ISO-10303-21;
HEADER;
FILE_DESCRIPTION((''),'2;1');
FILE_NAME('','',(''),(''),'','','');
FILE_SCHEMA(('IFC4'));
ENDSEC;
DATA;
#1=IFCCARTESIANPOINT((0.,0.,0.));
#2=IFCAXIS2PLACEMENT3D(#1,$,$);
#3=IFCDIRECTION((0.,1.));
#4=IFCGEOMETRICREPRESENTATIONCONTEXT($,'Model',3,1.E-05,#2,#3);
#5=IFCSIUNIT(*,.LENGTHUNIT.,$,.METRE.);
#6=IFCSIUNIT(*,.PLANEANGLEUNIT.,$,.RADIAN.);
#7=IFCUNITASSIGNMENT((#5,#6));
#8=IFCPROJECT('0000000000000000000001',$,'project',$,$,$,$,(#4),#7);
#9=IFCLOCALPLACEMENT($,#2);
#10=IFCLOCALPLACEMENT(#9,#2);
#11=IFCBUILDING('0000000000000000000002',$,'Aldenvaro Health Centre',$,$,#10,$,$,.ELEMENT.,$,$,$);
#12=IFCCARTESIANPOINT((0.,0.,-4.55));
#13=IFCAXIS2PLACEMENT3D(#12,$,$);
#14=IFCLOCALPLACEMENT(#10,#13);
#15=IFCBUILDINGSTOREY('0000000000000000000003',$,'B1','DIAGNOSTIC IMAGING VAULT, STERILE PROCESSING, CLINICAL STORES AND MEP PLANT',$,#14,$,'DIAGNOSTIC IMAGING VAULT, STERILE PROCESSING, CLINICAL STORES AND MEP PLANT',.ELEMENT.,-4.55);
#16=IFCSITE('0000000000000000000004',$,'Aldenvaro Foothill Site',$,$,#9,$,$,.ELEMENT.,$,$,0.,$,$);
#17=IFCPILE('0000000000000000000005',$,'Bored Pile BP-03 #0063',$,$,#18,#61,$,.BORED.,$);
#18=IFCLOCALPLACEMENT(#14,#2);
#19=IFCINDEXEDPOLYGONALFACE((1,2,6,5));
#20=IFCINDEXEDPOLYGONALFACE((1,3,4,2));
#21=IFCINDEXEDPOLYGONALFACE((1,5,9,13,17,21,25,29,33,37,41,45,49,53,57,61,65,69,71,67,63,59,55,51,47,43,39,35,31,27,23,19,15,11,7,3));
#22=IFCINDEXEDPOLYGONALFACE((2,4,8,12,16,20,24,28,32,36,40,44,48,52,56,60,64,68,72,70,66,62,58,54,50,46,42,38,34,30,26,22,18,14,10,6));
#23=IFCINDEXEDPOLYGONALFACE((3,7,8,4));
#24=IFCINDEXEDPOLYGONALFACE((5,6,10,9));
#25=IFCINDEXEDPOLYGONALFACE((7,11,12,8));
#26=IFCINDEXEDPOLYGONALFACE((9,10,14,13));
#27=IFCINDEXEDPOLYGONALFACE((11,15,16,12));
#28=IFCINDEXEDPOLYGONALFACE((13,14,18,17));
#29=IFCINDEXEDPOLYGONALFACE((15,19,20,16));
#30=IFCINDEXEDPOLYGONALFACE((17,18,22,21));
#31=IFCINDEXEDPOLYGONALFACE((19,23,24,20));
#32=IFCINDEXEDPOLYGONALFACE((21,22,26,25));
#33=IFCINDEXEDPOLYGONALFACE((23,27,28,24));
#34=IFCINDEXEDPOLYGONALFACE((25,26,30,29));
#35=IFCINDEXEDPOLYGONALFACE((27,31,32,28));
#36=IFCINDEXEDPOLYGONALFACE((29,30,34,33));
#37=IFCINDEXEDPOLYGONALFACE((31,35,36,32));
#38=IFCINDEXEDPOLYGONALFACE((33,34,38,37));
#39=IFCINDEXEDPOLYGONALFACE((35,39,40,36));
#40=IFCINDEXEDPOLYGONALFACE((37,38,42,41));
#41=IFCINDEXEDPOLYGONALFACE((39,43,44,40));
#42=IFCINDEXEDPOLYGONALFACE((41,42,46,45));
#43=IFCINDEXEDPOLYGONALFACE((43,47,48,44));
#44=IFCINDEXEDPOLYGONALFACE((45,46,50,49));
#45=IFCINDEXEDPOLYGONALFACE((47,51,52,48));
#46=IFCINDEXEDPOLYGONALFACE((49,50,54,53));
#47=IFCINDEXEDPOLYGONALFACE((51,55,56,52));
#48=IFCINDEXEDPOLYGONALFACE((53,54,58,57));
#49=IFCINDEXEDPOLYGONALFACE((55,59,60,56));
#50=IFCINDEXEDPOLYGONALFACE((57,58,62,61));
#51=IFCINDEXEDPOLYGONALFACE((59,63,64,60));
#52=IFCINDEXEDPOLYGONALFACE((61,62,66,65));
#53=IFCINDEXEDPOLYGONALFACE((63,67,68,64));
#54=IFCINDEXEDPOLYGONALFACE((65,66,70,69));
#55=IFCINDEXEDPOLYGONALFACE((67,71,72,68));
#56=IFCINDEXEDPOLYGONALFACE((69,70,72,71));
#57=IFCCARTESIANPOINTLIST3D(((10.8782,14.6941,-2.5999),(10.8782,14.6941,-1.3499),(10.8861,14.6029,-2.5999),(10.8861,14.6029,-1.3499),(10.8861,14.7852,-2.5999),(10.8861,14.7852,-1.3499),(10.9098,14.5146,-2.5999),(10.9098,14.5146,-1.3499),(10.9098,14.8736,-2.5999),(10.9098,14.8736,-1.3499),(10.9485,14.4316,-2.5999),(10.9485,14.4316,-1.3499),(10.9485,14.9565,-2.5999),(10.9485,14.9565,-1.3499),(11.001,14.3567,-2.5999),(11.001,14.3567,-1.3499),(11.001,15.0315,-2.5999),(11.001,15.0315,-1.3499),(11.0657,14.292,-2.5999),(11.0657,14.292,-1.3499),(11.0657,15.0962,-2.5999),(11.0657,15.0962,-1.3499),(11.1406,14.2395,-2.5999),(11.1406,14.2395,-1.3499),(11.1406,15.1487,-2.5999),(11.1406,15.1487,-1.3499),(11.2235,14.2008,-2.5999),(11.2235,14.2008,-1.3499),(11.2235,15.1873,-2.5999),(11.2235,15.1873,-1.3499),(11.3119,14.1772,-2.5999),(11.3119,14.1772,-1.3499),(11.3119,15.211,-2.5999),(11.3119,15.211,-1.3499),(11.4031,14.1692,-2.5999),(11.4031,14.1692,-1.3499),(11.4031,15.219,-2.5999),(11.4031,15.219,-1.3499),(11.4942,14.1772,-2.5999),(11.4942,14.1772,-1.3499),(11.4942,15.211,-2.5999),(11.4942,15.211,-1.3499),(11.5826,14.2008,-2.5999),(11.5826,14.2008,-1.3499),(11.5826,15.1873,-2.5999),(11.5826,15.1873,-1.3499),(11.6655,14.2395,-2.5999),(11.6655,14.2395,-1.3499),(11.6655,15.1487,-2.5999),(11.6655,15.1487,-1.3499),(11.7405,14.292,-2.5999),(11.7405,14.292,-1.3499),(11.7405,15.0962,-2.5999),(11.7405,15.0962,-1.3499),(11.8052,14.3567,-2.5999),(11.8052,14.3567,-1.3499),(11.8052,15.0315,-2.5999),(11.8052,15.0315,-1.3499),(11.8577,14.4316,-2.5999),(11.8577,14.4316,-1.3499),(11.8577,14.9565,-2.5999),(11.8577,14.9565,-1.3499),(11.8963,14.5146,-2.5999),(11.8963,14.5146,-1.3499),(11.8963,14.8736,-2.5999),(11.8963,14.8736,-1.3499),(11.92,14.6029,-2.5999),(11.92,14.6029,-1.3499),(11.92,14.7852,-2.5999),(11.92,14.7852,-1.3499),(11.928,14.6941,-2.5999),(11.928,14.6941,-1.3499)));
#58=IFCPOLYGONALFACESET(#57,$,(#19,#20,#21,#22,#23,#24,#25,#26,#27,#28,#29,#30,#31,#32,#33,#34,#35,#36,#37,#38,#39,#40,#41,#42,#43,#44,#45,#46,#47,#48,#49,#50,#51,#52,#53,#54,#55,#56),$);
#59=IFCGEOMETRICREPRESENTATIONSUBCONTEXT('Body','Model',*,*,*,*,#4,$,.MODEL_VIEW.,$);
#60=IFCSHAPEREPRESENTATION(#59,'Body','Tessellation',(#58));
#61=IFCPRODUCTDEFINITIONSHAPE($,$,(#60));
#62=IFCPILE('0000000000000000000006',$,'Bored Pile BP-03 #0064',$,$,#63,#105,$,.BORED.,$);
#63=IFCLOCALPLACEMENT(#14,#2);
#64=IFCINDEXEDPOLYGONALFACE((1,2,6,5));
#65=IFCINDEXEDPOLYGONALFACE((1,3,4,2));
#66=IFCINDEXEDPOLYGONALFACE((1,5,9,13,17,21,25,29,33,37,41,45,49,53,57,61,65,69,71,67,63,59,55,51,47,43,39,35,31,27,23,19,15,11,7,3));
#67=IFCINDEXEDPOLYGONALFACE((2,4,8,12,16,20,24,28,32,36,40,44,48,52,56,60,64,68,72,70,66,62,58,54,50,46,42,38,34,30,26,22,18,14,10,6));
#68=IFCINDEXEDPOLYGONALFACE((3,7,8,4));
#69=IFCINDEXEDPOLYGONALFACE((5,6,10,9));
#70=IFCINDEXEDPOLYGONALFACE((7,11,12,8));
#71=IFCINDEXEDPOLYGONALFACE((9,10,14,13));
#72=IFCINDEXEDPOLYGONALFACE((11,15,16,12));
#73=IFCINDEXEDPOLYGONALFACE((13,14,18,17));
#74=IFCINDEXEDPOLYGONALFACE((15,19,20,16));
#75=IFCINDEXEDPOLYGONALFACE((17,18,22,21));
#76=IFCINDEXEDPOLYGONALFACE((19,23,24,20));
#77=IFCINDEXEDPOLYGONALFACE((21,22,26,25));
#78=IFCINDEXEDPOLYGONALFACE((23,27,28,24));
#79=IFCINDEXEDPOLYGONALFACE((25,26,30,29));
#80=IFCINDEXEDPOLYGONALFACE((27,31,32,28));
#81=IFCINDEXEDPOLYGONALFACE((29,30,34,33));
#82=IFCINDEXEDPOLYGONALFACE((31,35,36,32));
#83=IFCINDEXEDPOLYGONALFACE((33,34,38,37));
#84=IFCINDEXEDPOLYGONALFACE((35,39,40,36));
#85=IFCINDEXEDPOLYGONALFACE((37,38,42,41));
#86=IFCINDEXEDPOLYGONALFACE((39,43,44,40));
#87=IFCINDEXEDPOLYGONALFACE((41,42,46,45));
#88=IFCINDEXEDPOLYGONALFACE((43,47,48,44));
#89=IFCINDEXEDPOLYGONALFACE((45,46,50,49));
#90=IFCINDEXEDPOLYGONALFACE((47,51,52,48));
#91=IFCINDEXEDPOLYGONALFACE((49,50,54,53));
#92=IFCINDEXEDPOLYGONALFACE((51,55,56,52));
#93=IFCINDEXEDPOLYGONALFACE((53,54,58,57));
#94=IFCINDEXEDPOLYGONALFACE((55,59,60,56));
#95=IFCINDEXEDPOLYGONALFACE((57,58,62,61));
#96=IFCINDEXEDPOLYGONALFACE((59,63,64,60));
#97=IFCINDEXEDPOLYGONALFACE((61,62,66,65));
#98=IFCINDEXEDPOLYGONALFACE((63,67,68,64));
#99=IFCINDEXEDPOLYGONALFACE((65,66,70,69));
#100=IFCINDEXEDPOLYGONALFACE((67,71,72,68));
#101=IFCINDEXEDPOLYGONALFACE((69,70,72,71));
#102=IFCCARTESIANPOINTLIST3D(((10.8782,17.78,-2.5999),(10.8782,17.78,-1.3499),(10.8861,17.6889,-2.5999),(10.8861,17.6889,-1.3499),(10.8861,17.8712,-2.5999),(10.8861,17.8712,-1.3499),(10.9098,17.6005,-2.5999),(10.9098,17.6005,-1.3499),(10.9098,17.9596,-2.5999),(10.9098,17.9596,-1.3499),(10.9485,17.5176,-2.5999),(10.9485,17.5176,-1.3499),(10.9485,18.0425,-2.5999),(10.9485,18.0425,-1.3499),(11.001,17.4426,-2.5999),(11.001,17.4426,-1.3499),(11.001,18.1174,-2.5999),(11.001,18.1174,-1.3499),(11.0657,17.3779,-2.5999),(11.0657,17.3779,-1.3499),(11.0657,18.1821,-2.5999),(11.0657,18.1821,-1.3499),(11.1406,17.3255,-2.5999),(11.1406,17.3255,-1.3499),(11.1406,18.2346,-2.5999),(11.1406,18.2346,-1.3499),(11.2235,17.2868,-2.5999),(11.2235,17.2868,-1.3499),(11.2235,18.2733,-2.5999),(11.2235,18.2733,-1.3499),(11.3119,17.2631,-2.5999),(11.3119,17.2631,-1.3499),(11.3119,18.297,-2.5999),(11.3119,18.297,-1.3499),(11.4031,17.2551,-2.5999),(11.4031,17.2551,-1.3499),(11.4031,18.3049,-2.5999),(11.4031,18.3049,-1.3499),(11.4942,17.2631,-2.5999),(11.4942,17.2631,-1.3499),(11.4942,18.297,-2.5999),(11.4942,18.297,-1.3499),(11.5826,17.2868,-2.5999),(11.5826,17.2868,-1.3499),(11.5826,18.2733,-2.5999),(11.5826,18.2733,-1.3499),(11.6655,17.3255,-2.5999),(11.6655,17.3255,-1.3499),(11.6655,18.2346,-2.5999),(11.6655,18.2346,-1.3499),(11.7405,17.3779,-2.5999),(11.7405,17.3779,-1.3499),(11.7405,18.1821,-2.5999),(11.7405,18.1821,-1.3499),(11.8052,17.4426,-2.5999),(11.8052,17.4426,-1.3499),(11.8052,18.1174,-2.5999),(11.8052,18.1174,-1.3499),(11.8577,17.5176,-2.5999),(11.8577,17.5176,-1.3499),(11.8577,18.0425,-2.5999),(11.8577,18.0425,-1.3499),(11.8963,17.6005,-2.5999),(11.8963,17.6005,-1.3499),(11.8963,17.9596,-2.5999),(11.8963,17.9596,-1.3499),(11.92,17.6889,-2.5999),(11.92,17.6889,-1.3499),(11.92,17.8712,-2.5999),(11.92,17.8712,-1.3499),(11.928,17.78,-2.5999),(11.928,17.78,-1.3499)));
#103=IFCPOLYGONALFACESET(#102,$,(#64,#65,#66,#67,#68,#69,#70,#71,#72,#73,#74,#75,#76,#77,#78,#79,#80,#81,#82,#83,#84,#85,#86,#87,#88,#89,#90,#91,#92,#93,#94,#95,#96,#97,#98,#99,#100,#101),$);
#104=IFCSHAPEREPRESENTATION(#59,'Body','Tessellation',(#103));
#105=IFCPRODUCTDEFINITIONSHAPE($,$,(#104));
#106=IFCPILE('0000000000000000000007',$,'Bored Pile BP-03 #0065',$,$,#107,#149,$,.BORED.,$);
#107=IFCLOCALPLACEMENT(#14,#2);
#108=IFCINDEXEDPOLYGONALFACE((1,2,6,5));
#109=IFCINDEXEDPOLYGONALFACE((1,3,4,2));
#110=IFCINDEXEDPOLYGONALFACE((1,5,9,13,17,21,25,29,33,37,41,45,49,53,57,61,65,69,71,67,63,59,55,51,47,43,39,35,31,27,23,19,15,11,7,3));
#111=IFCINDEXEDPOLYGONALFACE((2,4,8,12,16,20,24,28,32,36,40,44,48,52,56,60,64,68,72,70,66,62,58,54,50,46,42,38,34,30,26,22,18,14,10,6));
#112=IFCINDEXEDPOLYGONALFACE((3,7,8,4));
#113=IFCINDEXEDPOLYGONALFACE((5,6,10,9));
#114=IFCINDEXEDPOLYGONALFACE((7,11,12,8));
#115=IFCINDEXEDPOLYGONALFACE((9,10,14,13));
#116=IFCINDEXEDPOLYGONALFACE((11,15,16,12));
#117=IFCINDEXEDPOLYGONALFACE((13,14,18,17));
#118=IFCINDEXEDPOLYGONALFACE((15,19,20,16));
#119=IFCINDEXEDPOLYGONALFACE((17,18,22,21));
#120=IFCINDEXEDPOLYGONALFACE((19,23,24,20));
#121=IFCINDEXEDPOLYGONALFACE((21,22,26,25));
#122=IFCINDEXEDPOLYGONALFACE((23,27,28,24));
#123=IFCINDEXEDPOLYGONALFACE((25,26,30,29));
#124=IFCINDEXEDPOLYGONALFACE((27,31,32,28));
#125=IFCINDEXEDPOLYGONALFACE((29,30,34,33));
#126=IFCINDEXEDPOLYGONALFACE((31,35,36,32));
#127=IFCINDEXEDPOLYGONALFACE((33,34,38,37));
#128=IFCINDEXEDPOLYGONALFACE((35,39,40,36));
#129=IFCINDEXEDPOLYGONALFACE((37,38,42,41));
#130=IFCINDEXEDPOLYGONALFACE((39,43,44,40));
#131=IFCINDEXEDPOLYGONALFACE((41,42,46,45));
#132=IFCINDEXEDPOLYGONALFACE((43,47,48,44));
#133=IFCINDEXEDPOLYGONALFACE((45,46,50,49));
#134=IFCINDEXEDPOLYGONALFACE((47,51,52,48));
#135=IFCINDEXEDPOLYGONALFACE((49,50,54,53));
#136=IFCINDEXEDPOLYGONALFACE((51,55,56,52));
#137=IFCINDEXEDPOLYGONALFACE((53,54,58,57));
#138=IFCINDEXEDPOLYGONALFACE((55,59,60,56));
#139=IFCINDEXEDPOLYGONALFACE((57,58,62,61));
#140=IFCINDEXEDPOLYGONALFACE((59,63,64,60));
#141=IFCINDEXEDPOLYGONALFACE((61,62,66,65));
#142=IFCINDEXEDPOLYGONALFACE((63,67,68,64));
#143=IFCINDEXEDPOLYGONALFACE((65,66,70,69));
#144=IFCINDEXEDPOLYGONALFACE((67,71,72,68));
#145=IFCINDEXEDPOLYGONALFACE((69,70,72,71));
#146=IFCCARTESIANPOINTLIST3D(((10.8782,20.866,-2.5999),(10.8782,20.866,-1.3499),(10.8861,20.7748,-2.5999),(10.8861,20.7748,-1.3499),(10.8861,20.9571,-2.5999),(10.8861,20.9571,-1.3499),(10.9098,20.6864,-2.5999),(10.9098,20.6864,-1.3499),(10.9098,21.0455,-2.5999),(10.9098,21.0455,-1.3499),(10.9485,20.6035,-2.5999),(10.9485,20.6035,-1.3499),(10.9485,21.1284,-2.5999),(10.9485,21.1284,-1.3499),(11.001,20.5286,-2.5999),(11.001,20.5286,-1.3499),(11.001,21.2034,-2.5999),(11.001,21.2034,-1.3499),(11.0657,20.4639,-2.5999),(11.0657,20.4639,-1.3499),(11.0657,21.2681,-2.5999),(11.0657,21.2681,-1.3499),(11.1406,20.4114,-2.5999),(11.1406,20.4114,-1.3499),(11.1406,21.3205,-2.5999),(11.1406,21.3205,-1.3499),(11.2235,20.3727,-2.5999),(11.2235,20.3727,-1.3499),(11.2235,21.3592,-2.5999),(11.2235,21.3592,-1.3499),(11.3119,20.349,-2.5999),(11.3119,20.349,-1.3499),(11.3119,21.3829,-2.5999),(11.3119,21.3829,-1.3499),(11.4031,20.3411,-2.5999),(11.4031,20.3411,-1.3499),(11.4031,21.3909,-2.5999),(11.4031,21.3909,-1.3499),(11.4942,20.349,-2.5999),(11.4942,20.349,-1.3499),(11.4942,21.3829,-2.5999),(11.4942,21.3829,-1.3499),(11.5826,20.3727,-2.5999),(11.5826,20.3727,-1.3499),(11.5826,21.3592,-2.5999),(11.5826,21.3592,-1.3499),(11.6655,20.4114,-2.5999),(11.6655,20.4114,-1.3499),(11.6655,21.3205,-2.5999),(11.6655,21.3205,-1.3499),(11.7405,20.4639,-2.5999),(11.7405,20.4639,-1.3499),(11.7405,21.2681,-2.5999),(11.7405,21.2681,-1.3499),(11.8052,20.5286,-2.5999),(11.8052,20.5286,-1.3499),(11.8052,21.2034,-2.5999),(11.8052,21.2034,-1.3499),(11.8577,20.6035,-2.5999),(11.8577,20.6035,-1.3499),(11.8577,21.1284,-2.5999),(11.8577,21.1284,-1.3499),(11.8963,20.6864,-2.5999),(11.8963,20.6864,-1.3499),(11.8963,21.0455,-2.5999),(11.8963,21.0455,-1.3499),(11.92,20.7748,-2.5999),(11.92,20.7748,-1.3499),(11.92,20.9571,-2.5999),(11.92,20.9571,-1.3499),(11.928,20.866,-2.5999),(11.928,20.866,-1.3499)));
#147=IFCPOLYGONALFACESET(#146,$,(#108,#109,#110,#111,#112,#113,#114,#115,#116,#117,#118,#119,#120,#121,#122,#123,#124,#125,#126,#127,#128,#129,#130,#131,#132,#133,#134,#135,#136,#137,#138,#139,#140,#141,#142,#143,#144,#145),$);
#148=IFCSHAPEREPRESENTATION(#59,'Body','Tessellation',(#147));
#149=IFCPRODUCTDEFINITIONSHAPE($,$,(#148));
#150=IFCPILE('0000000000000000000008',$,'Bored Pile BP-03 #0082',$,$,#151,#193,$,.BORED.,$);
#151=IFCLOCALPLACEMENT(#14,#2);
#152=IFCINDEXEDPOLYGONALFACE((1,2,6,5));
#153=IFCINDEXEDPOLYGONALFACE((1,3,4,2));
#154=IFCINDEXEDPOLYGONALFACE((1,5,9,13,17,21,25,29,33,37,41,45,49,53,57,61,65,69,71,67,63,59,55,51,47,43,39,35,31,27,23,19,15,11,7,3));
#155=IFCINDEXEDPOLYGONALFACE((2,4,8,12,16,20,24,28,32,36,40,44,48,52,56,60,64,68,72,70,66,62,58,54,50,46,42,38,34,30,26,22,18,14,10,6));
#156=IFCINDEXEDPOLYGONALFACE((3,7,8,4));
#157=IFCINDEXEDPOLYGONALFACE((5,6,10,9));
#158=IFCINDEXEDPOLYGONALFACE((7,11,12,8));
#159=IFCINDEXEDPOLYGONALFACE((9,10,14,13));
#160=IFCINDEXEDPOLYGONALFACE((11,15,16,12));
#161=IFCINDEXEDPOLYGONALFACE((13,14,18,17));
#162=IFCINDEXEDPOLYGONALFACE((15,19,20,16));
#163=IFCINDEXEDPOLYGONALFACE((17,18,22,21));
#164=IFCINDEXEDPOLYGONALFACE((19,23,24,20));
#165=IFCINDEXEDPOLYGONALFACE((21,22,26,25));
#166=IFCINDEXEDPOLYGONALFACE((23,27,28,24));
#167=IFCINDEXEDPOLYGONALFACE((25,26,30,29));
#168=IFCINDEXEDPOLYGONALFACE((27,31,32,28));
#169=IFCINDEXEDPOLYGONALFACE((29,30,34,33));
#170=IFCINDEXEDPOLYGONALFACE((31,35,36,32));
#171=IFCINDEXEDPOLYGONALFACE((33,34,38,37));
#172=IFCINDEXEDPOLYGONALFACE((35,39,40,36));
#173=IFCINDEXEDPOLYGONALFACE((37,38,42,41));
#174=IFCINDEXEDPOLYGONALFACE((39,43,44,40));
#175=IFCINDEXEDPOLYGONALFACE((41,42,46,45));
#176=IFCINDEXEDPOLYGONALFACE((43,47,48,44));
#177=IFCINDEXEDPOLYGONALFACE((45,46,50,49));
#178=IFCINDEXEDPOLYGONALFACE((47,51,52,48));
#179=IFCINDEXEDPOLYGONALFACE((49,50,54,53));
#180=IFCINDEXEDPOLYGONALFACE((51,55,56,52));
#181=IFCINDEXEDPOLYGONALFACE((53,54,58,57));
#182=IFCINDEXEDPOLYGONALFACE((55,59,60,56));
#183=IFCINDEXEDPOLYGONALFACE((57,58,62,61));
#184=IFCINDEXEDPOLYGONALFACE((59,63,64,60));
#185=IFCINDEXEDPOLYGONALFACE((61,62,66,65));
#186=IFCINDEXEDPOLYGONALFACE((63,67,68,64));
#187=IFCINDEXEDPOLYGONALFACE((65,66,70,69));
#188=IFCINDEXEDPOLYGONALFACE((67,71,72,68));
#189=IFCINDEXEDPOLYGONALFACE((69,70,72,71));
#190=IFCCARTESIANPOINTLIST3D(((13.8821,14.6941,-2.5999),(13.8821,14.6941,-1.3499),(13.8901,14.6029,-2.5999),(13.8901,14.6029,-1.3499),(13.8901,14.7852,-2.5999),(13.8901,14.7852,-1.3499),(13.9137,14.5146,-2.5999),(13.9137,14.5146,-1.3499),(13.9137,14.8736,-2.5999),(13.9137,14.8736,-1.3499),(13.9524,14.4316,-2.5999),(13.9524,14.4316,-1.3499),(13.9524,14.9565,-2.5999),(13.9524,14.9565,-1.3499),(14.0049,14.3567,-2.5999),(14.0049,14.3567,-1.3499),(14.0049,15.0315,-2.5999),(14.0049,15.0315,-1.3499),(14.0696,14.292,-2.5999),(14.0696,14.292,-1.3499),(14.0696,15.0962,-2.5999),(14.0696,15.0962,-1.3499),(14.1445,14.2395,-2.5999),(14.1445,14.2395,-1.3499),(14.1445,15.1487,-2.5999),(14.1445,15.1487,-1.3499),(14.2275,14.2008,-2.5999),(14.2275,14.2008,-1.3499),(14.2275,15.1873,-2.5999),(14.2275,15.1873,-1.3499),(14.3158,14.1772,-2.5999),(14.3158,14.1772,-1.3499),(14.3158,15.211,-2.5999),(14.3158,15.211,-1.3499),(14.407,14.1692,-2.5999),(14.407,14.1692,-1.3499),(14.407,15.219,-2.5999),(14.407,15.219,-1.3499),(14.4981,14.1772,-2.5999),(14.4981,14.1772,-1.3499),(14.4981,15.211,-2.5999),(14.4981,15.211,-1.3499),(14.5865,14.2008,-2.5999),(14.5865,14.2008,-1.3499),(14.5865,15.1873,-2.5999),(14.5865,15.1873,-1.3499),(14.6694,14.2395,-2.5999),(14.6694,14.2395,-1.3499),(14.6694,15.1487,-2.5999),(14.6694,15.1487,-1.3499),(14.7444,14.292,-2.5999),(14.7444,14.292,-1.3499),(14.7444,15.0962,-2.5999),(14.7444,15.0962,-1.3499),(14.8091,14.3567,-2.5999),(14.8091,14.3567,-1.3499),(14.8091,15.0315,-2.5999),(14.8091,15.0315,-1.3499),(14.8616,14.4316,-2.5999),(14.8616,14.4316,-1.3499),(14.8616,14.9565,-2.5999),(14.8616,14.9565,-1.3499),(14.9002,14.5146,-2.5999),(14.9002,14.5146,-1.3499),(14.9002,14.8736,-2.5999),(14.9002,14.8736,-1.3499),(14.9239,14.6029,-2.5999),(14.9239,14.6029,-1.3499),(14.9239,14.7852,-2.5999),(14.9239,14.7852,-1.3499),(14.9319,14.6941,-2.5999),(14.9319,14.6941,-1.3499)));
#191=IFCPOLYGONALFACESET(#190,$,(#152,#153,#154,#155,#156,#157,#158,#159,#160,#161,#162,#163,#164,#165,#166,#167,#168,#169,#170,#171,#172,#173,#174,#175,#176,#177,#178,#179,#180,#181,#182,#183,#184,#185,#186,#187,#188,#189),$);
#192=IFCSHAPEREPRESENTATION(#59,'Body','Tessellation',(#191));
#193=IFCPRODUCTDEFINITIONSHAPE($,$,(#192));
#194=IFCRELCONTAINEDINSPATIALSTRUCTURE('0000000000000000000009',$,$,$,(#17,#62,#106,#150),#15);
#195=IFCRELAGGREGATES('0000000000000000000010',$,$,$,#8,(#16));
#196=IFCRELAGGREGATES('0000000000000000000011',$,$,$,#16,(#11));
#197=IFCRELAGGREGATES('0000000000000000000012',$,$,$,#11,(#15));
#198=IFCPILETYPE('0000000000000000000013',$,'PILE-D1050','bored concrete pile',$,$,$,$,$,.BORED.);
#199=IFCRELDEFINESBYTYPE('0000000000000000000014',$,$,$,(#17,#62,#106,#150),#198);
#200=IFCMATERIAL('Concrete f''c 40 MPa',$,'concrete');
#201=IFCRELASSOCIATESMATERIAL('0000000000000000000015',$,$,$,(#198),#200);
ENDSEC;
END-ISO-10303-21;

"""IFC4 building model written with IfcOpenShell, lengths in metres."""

from ifc_helpers import new_model, si_unit, direction, frame, origin, origin_2d, place, context, subcontext, project, spatial, circle, extrude, material, material_profile, profile_set, type_object, element, save


model = new_model("IFC4")

# Units and contexts
model_context = context("Model", 3, precision=1e-05, world=origin(), true_north=direction((0.0, 1.0)))
body_context = subcontext(model_context, "Body", "Model", "MODEL_VIEW")
ifc_project = project(units=[si_unit("LENGTHUNIT", "METRE"), si_unit("PLANEANGLEUNIT", "RADIAN")], contexts=[model_context])

# Site, building, storey
site_placement = place(None, origin())
site = spatial("IfcSite", under=ifc_project, at=site_placement, Name="Aldenvaro Foothill Site", CompositionType="ELEMENT", RefElevation=0.0)
building_placement = place(site_placement, origin())
building = spatial("IfcBuilding", under=site, at=building_placement, Name="Aldenvaro Health Centre", CompositionType="ELEMENT")
storey_placement = place(building_placement, frame((0.0, 0.0, -4.55)))
storey = spatial("IfcBuildingStorey", under=building, at=storey_placement, Name="B1", Description="DIAGNOSTIC IMAGING VAULT, STERILE PROCESSING, CLINICAL STORES AND MEP PLANT", LongName="DIAGNOSTIC IMAGING VAULT, STERILE PROCESSING, CLINICAL STORES AND MEP PLANT", CompositionType="ELEMENT", Elevation=-4.55)

# Piles
ifc_material_1 = material(Name="Concrete f'c 40 MPa", Category="concrete")
ifc_material_profile_1 = material_profile(ifc_material_1, circle(Radius=0.5249, at=origin_2d()), Name="PILE D1050", Category="concrete")
ifc_profile_set_1 = profile_set([ifc_material_profile_1], Name="Concrete f'c 40 MPa")
pile_type = type_object("IfcPileType", Name="PILE-D1050", Description="bored concrete pile", PredefinedType="BORED", material=ifc_profile_set_1)
for number, where, z_axis, x_axis, name in (
    (1, (11.4031, 14.6941, -1.3499), (0.0, 0.0, -1.0), (1.0, 0.0, 0.0), "Bored Pile BP-03 #0063"),
    (2, (11.4031, 17.78, -1.3499), (0.0, 0.0, -1.0), (1.0, 0.0, 0.0), "Bored Pile BP-03 #0064"),
    (3, (11.4031, 20.866, -1.3499), (0.0, 0.0, -1.0), (1.0, 0.0, 0.0), "Bored Pile BP-03 #0065"),
    (4, (14.407, 14.6941, -1.3499), (0.0, 0.0, -1.0), (1.0, 0.0, 0.0), "Bored Pile BP-03 #0082"),
):
    element("IfcPile", number, at=place(storey_placement, frame(where, z_axis=z_axis, x_axis=x_axis)), inside=storey, type_object=pile_type, Name=name, PredefinedType="BORED", context=body_context, shape_type="SweptSolid", body=[
        extrude(circle(Radius=0.5249, at=origin_2d()), origin(), (0.0, 0.0, 1.0), 1.25),
    ])

save(model, "model.ifc")
